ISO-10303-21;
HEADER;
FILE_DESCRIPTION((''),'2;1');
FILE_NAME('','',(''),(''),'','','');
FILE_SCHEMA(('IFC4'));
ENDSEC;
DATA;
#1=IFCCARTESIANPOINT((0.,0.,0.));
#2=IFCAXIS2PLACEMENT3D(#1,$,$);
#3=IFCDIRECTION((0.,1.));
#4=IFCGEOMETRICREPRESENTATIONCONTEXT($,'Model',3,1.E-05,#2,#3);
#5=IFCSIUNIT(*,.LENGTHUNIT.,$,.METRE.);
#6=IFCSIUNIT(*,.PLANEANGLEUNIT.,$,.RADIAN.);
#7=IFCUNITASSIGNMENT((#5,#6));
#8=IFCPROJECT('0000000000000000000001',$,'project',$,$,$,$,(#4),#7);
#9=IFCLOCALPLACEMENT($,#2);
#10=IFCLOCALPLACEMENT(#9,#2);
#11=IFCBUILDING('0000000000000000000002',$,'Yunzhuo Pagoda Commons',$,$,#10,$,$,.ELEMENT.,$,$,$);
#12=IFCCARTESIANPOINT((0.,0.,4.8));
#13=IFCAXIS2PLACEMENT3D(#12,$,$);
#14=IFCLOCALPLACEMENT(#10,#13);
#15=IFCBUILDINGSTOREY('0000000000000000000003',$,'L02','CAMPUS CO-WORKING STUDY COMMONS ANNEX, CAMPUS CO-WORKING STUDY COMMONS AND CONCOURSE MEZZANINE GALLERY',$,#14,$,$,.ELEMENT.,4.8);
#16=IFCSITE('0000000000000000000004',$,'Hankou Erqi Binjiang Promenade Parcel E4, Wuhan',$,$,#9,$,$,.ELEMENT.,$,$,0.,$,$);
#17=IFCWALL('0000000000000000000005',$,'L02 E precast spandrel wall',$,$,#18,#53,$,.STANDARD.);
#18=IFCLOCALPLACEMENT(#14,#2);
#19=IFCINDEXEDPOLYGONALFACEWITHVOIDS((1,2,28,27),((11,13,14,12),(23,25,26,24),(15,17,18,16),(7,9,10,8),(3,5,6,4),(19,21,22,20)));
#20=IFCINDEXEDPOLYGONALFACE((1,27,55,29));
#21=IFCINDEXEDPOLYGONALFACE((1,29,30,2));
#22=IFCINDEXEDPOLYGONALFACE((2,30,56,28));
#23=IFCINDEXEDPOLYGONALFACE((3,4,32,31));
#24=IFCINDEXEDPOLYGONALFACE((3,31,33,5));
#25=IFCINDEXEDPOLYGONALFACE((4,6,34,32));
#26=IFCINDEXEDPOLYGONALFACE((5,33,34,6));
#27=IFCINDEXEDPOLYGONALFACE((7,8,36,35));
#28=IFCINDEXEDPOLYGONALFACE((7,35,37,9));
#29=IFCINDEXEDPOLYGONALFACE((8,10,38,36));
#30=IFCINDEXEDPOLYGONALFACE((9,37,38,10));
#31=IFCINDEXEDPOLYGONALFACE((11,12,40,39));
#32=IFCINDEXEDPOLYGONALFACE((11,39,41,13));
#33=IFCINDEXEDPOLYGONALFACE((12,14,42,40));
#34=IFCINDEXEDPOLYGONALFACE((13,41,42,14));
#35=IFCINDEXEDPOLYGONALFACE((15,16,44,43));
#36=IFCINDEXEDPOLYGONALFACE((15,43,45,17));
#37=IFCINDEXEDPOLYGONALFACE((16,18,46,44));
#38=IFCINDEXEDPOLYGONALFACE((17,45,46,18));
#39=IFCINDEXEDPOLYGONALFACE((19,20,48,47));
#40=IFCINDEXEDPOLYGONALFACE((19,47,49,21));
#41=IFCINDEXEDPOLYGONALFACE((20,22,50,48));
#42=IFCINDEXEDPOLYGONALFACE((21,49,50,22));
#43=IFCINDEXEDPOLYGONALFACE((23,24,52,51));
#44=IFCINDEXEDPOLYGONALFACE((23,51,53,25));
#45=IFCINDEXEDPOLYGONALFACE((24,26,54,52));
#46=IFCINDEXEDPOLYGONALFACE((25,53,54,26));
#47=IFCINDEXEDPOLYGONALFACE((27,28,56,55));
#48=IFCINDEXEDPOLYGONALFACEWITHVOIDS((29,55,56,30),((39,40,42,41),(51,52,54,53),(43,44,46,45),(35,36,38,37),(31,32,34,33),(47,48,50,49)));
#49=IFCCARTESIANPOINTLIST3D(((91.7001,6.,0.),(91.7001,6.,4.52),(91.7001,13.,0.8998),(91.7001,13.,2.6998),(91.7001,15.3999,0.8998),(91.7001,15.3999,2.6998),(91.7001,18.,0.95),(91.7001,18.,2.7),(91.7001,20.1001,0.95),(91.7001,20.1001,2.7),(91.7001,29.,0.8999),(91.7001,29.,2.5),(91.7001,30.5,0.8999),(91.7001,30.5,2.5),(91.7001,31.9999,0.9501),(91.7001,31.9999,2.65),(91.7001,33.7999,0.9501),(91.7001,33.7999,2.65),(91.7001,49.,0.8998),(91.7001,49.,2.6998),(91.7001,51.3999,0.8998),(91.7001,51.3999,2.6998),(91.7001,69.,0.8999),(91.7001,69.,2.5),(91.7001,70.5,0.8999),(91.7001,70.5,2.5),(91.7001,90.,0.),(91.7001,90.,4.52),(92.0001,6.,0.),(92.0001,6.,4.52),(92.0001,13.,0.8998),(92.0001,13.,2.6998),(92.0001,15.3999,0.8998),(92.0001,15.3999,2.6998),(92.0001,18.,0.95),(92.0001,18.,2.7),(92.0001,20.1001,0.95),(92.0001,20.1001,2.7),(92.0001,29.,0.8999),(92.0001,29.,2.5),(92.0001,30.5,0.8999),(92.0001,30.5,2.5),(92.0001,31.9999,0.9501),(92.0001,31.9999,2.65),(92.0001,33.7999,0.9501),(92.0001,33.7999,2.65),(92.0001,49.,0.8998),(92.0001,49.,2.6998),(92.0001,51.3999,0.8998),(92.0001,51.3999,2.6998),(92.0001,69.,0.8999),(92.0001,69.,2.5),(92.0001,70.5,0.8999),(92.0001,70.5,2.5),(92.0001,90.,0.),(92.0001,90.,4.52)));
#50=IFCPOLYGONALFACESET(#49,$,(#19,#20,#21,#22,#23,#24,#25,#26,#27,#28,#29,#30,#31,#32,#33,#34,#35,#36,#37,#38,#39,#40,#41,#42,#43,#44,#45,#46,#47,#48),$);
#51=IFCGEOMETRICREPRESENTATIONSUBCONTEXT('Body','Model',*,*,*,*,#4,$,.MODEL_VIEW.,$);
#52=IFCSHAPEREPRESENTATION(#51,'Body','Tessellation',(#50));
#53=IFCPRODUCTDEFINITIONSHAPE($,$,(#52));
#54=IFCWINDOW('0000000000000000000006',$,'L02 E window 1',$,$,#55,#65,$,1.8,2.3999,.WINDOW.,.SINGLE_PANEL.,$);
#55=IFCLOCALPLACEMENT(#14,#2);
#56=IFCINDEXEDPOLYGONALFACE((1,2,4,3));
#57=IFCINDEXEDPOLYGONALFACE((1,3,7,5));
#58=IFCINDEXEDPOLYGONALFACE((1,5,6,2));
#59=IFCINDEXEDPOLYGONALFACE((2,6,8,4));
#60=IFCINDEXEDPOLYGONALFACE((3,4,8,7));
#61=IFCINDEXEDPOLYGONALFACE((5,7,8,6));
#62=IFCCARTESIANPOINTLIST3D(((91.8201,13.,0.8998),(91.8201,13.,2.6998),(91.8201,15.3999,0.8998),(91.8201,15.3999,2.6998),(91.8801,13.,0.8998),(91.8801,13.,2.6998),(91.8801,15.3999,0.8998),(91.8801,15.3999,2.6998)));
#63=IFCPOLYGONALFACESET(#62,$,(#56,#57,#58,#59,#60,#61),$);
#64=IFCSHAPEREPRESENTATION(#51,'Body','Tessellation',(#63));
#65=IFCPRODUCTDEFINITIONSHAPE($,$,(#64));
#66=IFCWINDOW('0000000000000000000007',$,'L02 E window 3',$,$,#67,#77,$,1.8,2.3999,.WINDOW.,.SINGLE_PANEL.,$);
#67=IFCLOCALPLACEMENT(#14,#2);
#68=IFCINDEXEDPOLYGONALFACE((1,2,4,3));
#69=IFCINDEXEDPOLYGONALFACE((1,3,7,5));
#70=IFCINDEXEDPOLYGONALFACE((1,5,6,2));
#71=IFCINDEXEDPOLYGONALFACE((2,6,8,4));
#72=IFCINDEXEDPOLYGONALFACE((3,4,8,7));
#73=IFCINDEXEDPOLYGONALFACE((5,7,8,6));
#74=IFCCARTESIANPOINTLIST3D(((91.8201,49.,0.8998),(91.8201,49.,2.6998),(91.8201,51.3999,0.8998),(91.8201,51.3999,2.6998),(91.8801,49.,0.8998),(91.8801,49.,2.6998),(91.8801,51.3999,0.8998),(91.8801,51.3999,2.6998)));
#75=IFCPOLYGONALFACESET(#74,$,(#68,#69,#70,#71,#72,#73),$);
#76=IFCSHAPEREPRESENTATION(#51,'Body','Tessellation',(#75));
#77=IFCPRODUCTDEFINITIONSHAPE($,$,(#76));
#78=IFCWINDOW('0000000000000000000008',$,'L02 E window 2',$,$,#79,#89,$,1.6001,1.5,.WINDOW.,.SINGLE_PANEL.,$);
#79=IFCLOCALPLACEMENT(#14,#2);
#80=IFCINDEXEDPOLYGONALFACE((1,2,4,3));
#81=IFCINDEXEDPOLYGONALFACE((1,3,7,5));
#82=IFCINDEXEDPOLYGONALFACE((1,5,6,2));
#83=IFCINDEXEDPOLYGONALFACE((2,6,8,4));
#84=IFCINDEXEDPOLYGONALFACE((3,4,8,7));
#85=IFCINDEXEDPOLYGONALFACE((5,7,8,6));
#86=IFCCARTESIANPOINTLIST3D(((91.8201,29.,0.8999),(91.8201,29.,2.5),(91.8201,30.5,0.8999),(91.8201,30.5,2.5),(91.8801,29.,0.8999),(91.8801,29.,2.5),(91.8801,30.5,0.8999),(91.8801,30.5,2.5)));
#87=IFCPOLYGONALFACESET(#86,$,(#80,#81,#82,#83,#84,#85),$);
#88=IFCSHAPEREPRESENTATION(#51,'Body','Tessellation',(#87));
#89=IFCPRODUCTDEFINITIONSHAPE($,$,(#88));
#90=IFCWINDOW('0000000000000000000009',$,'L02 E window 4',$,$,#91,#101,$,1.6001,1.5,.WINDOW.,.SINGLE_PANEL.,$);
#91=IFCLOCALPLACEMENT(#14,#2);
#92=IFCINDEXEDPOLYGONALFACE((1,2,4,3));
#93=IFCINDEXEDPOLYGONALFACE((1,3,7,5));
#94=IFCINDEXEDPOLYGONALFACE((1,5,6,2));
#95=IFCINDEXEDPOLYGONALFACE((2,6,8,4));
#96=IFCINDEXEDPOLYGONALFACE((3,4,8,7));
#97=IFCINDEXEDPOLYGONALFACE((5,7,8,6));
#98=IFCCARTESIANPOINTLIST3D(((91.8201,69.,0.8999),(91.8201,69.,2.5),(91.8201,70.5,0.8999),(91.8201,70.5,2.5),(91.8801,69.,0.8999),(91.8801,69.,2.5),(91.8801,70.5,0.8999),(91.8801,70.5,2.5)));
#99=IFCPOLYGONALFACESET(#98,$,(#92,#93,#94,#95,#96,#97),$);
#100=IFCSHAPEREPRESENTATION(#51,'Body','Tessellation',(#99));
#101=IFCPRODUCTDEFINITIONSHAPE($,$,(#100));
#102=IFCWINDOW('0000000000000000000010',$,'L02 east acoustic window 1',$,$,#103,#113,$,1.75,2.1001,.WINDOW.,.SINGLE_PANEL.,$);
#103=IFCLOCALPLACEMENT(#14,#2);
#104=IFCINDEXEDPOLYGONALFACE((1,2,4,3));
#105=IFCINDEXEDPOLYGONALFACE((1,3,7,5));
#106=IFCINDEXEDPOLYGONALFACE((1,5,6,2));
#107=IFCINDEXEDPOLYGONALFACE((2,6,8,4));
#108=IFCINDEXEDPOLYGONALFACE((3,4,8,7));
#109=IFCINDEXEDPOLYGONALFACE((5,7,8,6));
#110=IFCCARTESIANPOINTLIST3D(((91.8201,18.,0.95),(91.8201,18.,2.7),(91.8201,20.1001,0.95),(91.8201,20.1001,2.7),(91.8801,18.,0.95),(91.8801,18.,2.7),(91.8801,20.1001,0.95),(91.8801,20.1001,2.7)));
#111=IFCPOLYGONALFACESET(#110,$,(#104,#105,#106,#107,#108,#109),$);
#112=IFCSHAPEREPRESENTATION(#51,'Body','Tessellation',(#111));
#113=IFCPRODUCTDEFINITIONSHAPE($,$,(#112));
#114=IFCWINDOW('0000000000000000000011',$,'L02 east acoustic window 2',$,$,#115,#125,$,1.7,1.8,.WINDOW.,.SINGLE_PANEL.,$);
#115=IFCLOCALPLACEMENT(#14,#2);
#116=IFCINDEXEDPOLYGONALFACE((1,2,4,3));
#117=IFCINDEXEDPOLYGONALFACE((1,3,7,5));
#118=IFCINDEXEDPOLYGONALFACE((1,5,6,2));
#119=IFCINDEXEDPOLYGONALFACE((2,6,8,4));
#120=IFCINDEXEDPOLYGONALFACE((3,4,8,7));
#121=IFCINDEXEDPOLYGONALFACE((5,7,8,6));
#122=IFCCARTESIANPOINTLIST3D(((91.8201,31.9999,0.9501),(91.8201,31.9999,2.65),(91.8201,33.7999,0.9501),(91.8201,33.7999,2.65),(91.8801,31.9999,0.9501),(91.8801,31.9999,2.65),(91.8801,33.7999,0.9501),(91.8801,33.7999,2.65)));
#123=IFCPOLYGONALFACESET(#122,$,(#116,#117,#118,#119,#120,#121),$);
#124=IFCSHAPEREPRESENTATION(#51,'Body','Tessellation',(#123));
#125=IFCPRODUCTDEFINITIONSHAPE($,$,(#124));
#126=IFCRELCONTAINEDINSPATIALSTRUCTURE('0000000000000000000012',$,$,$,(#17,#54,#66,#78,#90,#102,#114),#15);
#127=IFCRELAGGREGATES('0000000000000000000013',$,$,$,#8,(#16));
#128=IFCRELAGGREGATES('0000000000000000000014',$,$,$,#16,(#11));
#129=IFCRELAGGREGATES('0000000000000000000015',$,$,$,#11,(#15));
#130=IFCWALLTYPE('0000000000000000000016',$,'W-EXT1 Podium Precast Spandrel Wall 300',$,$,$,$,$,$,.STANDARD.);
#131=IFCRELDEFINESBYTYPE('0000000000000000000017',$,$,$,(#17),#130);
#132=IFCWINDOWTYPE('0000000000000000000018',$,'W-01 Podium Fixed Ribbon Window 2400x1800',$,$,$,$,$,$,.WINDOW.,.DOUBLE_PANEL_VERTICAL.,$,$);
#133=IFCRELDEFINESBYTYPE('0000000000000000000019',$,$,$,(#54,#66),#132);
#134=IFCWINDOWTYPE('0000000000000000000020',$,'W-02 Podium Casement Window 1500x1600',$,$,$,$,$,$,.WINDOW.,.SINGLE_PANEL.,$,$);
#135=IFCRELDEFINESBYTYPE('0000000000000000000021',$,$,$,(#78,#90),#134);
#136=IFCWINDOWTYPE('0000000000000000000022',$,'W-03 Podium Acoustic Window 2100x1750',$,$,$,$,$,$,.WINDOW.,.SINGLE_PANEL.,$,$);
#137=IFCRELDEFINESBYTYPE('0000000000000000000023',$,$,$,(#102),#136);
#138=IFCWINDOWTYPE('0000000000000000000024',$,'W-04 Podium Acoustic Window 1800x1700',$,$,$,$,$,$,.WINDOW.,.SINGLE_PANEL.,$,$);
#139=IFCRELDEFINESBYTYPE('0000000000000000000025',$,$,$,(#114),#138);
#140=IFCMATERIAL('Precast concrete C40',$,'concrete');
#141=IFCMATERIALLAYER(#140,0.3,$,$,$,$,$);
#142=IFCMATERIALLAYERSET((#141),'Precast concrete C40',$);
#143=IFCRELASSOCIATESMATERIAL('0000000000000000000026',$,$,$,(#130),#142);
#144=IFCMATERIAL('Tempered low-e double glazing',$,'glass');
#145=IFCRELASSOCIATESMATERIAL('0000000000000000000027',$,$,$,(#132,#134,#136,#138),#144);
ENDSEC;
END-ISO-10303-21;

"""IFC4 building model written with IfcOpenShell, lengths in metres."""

from ifc_helpers import new_model, si_unit, direction, frame, frame_2d, origin, origin_with_axes, place, context, subcontext, project, spatial, rectangle, extrude, source, transform, mapped, material, layer, layer_set, type_object, element, fill, save


model = new_model("IFC4")

# Units and contexts
model_context = context("Model", 3, precision=1e-05, world=origin(), true_north=direction((0.0, 1.0)))
body_context = subcontext(model_context, "Body", "Model", "MODEL_VIEW")
ifc_project = project(units=[si_unit("LENGTHUNIT", "METRE"), si_unit("PLANEANGLEUNIT", "RADIAN")], contexts=[model_context])

# Site, building, storey
site_placement = place(None, origin())
site = spatial("IfcSite", under=ifc_project, at=site_placement, Name="Hankou Erqi Binjiang Promenade Parcel E4, Wuhan", CompositionType="ELEMENT", RefElevation=0.0)
building_placement = place(site_placement, origin())
building = spatial("IfcBuilding", under=site, at=building_placement, Name="Yunzhuo Pagoda Commons", CompositionType="ELEMENT")
storey_placement = place(building_placement, frame((0.0, 0.0, 4.8)))
storey = spatial("IfcBuildingStorey", under=building, at=storey_placement, Name="L02", Description="CAMPUS CO-WORKING STUDY COMMONS ANNEX, CAMPUS CO-WORKING STUDY COMMONS AND CONCOURSE MEZZANINE GALLERY", CompositionType="ELEMENT", Elevation=4.8)

# Shared definitions
ifc_material_1 = material(Name="Tempered low-e double glazing", Category="glass")

# Wall, openings, windows
ifc_material_2 = material(Name="Precast concrete C40", Category="concrete")
ifc_layer_1 = layer(ifc_material_2, 0.3)
ifc_layer_set_1 = layer_set([ifc_layer_1], Name="Precast concrete C40")
wall_type = type_object("IfcWallType", Name="W-EXT1 Podium Precast Spandrel Wall 300", PredefinedType="STANDARD", material=ifc_layer_set_1)
wall_placement = place(storey_placement, frame((91.8501, 6.0, 0.0), z_axis=(0.0, 0.0, 1.0), x_axis=(0.0, 1.0, 0.0)))
wall = element("IfcWall", 1, at=wall_placement, inside=storey, type_object=wall_type, Name="L02 E precast spandrel wall", PredefinedType="STANDARD", context=body_context, shape_type="SweptSolid", body=[
    extrude(rectangle(XDim=84.0, YDim=0.3, at=frame_2d((42.0, 0.0))), origin(), (0.0, 0.0, 1.0), 4.52),
])
opening_1_placement = place(wall_placement, frame((7.0, 0.0, 0.8999)))
opening_1 = element("IfcOpeningElement", 2, at=opening_1_placement, cuts=wall, PredefinedType="OPENING", context=body_context, shape_type="SweptSolid", body=[
    extrude(rectangle(XDim=2.3999, YDim=1.8, at=frame_2d((1.2, 0.8999))), frame((0.0, 0.1602, 0.0), z_axis=(0.0, -1.0, 0.0), x_axis=(1.0, 0.0, 0.0)), (0.0, 0.0, 1.0), 0.3201),
])
opening_2_placement = place(wall_placement, frame((23.0, 0.0, 0.8999)))
opening_2 = element("IfcOpeningElement", 3, at=opening_2_placement, cuts=wall, PredefinedType="OPENING", context=body_context, shape_type="SweptSolid", body=[
    extrude(rectangle(XDim=1.5, YDim=1.6001, at=frame_2d((0.75, 0.8))), frame((0.0, 0.1602, 0.0), z_axis=(0.0, -1.0, 0.0), x_axis=(1.0, 0.0, 0.0)), (0.0, 0.0, 1.0), 0.3201),
])
opening_3_placement = place(wall_placement, frame((43.0, 0.0, 0.8999)))
opening_3 = element("IfcOpeningElement", 4, at=opening_3_placement, cuts=wall, PredefinedType="OPENING", context=body_context, shape_type="SweptSolid", body=[
    extrude(rectangle(XDim=2.3999, YDim=1.8, at=frame_2d((1.2, 0.8999))), frame((0.0, 0.1602, 0.0), z_axis=(0.0, -1.0, 0.0), x_axis=(1.0, 0.0, 0.0)), (0.0, 0.0, 1.0), 0.3201),
])
opening_4_placement = place(wall_placement, frame((63.0, 0.0, 0.8999)))
opening_4 = element("IfcOpeningElement", 5, at=opening_4_placement, cuts=wall, PredefinedType="OPENING", context=body_context, shape_type="SweptSolid", body=[
    extrude(rectangle(XDim=1.5, YDim=1.6001, at=frame_2d((0.75, 0.8))), frame((0.0, 0.1602, 0.0), z_axis=(0.0, -1.0, 0.0), x_axis=(1.0, 0.0, 0.0)), (0.0, 0.0, 1.0), 0.3201),
])
opening_5_placement = place(wall_placement, frame((12.0, 0.0, 0.95)))
opening_5 = element("IfcOpeningElement", 6, at=opening_5_placement, cuts=wall, PredefinedType="OPENING", context=body_context, shape_type="SweptSolid", body=[
    extrude(rectangle(XDim=2.1001, YDim=1.75, at=frame_2d((1.05, 0.875))), frame((0.0, 0.1602, 0.0), z_axis=(0.0, -1.0, 0.0), x_axis=(1.0, 0.0, 0.0)), (0.0, 0.0, 1.0), 0.3201),
])
opening_6_placement = place(wall_placement, frame((26.0, 0.0, 0.95)))
opening_6 = element("IfcOpeningElement", 7, at=opening_6_placement, cuts=wall, PredefinedType="OPENING", context=body_context, shape_type="SweptSolid", body=[
    extrude(rectangle(XDim=1.8, YDim=1.7, at=frame_2d((0.8999, 0.8501))), frame((0.0, 0.1602, 0.0), z_axis=(0.0, -1.0, 0.0), x_axis=(1.0, 0.0, 0.0)), (0.0, 0.0, 1.0), 0.3201),
])
window_type_1 = type_object("IfcWindowType", Name="W-01 Podium Fixed Ribbon Window 2400x1800", PartitioningType="DOUBLE_PANEL_VERTICAL", PredefinedType="WINDOW", material=ifc_material_1)
shared_shape_1 = source(origin(), body_context, "Body", "SweptSolid", [
    extrude(rectangle(XDim=2.3999, YDim=1.8, at=frame_2d((1.2, 0.8999))), frame((0.0, 0.03, 0.0), z_axis=(0.0, -1.0, 0.0), x_axis=(1.0, 0.0, 0.0)), (0.0, 0.0, 1.0), 0.0601),
])
window_1_placement = place(opening_1_placement, origin_with_axes())
window_1 = element("IfcWindow", 8, at=window_1_placement, inside=storey, type_object=window_type_1, Name="L02 E window 1", OverallHeight=1.8, OverallWidth=2.3999, PartitioningType="SINGLE_PANEL", PredefinedType="WINDOW", context=body_context, shape_type="MappedRepresentation", body=[
    mapped(shared_shape_1, transform((0.0, 0.0, 0.0), scale=1.0)),
])
fill(opening_1, window_1)
window_2_placement = place(opening_3_placement, origin_with_axes())
window_2 = element("IfcWindow", 9, at=window_2_placement, inside=storey, type_object=window_type_1, Name="L02 E window 3", OverallHeight=1.8, OverallWidth=2.3999, PartitioningType="SINGLE_PANEL", PredefinedType="WINDOW", context=body_context, shape_type="MappedRepresentation", body=[
    mapped(shared_shape_1, transform((0.0, 0.0, 0.0), scale=1.0)),
])
fill(opening_3, window_2)
window_type_2 = type_object("IfcWindowType", Name="W-02 Podium Casement Window 1500x1600", PartitioningType="SINGLE_PANEL", PredefinedType="WINDOW", material=ifc_material_1)
shared_shape_2 = source(origin(), body_context, "Body", "SweptSolid", [
    extrude(rectangle(XDim=1.5, YDim=1.6001, at=frame_2d((0.75, 0.8))), frame((0.0, 0.03, 0.0), z_axis=(0.0, -1.0, 0.0), x_axis=(1.0, 0.0, 0.0)), (0.0, 0.0, 1.0), 0.0601),
])
window_3_placement = place(opening_2_placement, origin_with_axes())
window_3 = element("IfcWindow", 10, at=window_3_placement, inside=storey, type_object=window_type_2, Name="L02 E window 2", OverallHeight=1.6001, OverallWidth=1.5, PartitioningType="SINGLE_PANEL", PredefinedType="WINDOW", context=body_context, shape_type="MappedRepresentation", body=[
    mapped(shared_shape_2, transform((0.0, 0.0, 0.0), scale=1.0)),
])
fill(opening_2, window_3)
window_4_placement = place(opening_4_placement, origin_with_axes())
window_4 = element("IfcWindow", 11, at=window_4_placement, inside=storey, type_object=window_type_2, Name="L02 E window 4", OverallHeight=1.6001, OverallWidth=1.5, PartitioningType="SINGLE_PANEL", PredefinedType="WINDOW", context=body_context, shape_type="MappedRepresentation", body=[
    mapped(shared_shape_2, transform((0.0, 0.0, 0.0), scale=1.0)),
])
fill(opening_4, window_4)
window_type_3 = type_object("IfcWindowType", Name="W-03 Podium Acoustic Window 2100x1750", PartitioningType="SINGLE_PANEL", PredefinedType="WINDOW", material=ifc_material_1)
shared_shape_3 = source(origin(), body_context, "Body", "SweptSolid", [
    extrude(rectangle(XDim=2.1001, YDim=1.75, at=frame_2d((1.05, 0.875))), frame((0.0, 0.03, 0.0), z_axis=(0.0, -1.0, 0.0), x_axis=(1.0, 0.0, 0.0)), (0.0, 0.0, 1.0), 0.0601),
])
window_5_placement = place(opening_5_placement, origin_with_axes())
window_5 = element("IfcWindow", 12, at=window_5_placement, inside=storey, type_object=window_type_3, Name="L02 east acoustic window 1", OverallHeight=1.75, OverallWidth=2.1001, PartitioningType="SINGLE_PANEL", PredefinedType="WINDOW", context=body_context, shape_type="MappedRepresentation", body=[
    mapped(shared_shape_3, transform((0.0, 0.0, 0.0), scale=1.0)),
])
fill(opening_5, window_5)
window_type_4 = type_object("IfcWindowType", Name="W-04 Podium Acoustic Window 1800x1700", PartitioningType="SINGLE_PANEL", PredefinedType="WINDOW", material=ifc_material_1)
shared_shape_4 = source(origin(), body_context, "Body", "SweptSolid", [
    extrude(rectangle(XDim=1.8, YDim=1.7, at=frame_2d((0.8999, 0.8501))), frame((0.0, 0.03, 0.0), z_axis=(0.0, -1.0, 0.0), x_axis=(1.0, 0.0, 0.0)), (0.0, 0.0, 1.0), 0.0601),
])
window_6_placement = place(opening_6_placement, origin_with_axes())
window_6 = element("IfcWindow", 13, at=window_6_placement, inside=storey, type_object=window_type_4, Name="L02 east acoustic window 2", OverallHeight=1.7, OverallWidth=1.8, PartitioningType="SINGLE_PANEL", PredefinedType="WINDOW", context=body_context, shape_type="MappedRepresentation", body=[
    mapped(shared_shape_4, transform((0.0, 0.0, 0.0), scale=1.0)),
])
fill(opening_6, window_6)

save(model, "model.ifc")
